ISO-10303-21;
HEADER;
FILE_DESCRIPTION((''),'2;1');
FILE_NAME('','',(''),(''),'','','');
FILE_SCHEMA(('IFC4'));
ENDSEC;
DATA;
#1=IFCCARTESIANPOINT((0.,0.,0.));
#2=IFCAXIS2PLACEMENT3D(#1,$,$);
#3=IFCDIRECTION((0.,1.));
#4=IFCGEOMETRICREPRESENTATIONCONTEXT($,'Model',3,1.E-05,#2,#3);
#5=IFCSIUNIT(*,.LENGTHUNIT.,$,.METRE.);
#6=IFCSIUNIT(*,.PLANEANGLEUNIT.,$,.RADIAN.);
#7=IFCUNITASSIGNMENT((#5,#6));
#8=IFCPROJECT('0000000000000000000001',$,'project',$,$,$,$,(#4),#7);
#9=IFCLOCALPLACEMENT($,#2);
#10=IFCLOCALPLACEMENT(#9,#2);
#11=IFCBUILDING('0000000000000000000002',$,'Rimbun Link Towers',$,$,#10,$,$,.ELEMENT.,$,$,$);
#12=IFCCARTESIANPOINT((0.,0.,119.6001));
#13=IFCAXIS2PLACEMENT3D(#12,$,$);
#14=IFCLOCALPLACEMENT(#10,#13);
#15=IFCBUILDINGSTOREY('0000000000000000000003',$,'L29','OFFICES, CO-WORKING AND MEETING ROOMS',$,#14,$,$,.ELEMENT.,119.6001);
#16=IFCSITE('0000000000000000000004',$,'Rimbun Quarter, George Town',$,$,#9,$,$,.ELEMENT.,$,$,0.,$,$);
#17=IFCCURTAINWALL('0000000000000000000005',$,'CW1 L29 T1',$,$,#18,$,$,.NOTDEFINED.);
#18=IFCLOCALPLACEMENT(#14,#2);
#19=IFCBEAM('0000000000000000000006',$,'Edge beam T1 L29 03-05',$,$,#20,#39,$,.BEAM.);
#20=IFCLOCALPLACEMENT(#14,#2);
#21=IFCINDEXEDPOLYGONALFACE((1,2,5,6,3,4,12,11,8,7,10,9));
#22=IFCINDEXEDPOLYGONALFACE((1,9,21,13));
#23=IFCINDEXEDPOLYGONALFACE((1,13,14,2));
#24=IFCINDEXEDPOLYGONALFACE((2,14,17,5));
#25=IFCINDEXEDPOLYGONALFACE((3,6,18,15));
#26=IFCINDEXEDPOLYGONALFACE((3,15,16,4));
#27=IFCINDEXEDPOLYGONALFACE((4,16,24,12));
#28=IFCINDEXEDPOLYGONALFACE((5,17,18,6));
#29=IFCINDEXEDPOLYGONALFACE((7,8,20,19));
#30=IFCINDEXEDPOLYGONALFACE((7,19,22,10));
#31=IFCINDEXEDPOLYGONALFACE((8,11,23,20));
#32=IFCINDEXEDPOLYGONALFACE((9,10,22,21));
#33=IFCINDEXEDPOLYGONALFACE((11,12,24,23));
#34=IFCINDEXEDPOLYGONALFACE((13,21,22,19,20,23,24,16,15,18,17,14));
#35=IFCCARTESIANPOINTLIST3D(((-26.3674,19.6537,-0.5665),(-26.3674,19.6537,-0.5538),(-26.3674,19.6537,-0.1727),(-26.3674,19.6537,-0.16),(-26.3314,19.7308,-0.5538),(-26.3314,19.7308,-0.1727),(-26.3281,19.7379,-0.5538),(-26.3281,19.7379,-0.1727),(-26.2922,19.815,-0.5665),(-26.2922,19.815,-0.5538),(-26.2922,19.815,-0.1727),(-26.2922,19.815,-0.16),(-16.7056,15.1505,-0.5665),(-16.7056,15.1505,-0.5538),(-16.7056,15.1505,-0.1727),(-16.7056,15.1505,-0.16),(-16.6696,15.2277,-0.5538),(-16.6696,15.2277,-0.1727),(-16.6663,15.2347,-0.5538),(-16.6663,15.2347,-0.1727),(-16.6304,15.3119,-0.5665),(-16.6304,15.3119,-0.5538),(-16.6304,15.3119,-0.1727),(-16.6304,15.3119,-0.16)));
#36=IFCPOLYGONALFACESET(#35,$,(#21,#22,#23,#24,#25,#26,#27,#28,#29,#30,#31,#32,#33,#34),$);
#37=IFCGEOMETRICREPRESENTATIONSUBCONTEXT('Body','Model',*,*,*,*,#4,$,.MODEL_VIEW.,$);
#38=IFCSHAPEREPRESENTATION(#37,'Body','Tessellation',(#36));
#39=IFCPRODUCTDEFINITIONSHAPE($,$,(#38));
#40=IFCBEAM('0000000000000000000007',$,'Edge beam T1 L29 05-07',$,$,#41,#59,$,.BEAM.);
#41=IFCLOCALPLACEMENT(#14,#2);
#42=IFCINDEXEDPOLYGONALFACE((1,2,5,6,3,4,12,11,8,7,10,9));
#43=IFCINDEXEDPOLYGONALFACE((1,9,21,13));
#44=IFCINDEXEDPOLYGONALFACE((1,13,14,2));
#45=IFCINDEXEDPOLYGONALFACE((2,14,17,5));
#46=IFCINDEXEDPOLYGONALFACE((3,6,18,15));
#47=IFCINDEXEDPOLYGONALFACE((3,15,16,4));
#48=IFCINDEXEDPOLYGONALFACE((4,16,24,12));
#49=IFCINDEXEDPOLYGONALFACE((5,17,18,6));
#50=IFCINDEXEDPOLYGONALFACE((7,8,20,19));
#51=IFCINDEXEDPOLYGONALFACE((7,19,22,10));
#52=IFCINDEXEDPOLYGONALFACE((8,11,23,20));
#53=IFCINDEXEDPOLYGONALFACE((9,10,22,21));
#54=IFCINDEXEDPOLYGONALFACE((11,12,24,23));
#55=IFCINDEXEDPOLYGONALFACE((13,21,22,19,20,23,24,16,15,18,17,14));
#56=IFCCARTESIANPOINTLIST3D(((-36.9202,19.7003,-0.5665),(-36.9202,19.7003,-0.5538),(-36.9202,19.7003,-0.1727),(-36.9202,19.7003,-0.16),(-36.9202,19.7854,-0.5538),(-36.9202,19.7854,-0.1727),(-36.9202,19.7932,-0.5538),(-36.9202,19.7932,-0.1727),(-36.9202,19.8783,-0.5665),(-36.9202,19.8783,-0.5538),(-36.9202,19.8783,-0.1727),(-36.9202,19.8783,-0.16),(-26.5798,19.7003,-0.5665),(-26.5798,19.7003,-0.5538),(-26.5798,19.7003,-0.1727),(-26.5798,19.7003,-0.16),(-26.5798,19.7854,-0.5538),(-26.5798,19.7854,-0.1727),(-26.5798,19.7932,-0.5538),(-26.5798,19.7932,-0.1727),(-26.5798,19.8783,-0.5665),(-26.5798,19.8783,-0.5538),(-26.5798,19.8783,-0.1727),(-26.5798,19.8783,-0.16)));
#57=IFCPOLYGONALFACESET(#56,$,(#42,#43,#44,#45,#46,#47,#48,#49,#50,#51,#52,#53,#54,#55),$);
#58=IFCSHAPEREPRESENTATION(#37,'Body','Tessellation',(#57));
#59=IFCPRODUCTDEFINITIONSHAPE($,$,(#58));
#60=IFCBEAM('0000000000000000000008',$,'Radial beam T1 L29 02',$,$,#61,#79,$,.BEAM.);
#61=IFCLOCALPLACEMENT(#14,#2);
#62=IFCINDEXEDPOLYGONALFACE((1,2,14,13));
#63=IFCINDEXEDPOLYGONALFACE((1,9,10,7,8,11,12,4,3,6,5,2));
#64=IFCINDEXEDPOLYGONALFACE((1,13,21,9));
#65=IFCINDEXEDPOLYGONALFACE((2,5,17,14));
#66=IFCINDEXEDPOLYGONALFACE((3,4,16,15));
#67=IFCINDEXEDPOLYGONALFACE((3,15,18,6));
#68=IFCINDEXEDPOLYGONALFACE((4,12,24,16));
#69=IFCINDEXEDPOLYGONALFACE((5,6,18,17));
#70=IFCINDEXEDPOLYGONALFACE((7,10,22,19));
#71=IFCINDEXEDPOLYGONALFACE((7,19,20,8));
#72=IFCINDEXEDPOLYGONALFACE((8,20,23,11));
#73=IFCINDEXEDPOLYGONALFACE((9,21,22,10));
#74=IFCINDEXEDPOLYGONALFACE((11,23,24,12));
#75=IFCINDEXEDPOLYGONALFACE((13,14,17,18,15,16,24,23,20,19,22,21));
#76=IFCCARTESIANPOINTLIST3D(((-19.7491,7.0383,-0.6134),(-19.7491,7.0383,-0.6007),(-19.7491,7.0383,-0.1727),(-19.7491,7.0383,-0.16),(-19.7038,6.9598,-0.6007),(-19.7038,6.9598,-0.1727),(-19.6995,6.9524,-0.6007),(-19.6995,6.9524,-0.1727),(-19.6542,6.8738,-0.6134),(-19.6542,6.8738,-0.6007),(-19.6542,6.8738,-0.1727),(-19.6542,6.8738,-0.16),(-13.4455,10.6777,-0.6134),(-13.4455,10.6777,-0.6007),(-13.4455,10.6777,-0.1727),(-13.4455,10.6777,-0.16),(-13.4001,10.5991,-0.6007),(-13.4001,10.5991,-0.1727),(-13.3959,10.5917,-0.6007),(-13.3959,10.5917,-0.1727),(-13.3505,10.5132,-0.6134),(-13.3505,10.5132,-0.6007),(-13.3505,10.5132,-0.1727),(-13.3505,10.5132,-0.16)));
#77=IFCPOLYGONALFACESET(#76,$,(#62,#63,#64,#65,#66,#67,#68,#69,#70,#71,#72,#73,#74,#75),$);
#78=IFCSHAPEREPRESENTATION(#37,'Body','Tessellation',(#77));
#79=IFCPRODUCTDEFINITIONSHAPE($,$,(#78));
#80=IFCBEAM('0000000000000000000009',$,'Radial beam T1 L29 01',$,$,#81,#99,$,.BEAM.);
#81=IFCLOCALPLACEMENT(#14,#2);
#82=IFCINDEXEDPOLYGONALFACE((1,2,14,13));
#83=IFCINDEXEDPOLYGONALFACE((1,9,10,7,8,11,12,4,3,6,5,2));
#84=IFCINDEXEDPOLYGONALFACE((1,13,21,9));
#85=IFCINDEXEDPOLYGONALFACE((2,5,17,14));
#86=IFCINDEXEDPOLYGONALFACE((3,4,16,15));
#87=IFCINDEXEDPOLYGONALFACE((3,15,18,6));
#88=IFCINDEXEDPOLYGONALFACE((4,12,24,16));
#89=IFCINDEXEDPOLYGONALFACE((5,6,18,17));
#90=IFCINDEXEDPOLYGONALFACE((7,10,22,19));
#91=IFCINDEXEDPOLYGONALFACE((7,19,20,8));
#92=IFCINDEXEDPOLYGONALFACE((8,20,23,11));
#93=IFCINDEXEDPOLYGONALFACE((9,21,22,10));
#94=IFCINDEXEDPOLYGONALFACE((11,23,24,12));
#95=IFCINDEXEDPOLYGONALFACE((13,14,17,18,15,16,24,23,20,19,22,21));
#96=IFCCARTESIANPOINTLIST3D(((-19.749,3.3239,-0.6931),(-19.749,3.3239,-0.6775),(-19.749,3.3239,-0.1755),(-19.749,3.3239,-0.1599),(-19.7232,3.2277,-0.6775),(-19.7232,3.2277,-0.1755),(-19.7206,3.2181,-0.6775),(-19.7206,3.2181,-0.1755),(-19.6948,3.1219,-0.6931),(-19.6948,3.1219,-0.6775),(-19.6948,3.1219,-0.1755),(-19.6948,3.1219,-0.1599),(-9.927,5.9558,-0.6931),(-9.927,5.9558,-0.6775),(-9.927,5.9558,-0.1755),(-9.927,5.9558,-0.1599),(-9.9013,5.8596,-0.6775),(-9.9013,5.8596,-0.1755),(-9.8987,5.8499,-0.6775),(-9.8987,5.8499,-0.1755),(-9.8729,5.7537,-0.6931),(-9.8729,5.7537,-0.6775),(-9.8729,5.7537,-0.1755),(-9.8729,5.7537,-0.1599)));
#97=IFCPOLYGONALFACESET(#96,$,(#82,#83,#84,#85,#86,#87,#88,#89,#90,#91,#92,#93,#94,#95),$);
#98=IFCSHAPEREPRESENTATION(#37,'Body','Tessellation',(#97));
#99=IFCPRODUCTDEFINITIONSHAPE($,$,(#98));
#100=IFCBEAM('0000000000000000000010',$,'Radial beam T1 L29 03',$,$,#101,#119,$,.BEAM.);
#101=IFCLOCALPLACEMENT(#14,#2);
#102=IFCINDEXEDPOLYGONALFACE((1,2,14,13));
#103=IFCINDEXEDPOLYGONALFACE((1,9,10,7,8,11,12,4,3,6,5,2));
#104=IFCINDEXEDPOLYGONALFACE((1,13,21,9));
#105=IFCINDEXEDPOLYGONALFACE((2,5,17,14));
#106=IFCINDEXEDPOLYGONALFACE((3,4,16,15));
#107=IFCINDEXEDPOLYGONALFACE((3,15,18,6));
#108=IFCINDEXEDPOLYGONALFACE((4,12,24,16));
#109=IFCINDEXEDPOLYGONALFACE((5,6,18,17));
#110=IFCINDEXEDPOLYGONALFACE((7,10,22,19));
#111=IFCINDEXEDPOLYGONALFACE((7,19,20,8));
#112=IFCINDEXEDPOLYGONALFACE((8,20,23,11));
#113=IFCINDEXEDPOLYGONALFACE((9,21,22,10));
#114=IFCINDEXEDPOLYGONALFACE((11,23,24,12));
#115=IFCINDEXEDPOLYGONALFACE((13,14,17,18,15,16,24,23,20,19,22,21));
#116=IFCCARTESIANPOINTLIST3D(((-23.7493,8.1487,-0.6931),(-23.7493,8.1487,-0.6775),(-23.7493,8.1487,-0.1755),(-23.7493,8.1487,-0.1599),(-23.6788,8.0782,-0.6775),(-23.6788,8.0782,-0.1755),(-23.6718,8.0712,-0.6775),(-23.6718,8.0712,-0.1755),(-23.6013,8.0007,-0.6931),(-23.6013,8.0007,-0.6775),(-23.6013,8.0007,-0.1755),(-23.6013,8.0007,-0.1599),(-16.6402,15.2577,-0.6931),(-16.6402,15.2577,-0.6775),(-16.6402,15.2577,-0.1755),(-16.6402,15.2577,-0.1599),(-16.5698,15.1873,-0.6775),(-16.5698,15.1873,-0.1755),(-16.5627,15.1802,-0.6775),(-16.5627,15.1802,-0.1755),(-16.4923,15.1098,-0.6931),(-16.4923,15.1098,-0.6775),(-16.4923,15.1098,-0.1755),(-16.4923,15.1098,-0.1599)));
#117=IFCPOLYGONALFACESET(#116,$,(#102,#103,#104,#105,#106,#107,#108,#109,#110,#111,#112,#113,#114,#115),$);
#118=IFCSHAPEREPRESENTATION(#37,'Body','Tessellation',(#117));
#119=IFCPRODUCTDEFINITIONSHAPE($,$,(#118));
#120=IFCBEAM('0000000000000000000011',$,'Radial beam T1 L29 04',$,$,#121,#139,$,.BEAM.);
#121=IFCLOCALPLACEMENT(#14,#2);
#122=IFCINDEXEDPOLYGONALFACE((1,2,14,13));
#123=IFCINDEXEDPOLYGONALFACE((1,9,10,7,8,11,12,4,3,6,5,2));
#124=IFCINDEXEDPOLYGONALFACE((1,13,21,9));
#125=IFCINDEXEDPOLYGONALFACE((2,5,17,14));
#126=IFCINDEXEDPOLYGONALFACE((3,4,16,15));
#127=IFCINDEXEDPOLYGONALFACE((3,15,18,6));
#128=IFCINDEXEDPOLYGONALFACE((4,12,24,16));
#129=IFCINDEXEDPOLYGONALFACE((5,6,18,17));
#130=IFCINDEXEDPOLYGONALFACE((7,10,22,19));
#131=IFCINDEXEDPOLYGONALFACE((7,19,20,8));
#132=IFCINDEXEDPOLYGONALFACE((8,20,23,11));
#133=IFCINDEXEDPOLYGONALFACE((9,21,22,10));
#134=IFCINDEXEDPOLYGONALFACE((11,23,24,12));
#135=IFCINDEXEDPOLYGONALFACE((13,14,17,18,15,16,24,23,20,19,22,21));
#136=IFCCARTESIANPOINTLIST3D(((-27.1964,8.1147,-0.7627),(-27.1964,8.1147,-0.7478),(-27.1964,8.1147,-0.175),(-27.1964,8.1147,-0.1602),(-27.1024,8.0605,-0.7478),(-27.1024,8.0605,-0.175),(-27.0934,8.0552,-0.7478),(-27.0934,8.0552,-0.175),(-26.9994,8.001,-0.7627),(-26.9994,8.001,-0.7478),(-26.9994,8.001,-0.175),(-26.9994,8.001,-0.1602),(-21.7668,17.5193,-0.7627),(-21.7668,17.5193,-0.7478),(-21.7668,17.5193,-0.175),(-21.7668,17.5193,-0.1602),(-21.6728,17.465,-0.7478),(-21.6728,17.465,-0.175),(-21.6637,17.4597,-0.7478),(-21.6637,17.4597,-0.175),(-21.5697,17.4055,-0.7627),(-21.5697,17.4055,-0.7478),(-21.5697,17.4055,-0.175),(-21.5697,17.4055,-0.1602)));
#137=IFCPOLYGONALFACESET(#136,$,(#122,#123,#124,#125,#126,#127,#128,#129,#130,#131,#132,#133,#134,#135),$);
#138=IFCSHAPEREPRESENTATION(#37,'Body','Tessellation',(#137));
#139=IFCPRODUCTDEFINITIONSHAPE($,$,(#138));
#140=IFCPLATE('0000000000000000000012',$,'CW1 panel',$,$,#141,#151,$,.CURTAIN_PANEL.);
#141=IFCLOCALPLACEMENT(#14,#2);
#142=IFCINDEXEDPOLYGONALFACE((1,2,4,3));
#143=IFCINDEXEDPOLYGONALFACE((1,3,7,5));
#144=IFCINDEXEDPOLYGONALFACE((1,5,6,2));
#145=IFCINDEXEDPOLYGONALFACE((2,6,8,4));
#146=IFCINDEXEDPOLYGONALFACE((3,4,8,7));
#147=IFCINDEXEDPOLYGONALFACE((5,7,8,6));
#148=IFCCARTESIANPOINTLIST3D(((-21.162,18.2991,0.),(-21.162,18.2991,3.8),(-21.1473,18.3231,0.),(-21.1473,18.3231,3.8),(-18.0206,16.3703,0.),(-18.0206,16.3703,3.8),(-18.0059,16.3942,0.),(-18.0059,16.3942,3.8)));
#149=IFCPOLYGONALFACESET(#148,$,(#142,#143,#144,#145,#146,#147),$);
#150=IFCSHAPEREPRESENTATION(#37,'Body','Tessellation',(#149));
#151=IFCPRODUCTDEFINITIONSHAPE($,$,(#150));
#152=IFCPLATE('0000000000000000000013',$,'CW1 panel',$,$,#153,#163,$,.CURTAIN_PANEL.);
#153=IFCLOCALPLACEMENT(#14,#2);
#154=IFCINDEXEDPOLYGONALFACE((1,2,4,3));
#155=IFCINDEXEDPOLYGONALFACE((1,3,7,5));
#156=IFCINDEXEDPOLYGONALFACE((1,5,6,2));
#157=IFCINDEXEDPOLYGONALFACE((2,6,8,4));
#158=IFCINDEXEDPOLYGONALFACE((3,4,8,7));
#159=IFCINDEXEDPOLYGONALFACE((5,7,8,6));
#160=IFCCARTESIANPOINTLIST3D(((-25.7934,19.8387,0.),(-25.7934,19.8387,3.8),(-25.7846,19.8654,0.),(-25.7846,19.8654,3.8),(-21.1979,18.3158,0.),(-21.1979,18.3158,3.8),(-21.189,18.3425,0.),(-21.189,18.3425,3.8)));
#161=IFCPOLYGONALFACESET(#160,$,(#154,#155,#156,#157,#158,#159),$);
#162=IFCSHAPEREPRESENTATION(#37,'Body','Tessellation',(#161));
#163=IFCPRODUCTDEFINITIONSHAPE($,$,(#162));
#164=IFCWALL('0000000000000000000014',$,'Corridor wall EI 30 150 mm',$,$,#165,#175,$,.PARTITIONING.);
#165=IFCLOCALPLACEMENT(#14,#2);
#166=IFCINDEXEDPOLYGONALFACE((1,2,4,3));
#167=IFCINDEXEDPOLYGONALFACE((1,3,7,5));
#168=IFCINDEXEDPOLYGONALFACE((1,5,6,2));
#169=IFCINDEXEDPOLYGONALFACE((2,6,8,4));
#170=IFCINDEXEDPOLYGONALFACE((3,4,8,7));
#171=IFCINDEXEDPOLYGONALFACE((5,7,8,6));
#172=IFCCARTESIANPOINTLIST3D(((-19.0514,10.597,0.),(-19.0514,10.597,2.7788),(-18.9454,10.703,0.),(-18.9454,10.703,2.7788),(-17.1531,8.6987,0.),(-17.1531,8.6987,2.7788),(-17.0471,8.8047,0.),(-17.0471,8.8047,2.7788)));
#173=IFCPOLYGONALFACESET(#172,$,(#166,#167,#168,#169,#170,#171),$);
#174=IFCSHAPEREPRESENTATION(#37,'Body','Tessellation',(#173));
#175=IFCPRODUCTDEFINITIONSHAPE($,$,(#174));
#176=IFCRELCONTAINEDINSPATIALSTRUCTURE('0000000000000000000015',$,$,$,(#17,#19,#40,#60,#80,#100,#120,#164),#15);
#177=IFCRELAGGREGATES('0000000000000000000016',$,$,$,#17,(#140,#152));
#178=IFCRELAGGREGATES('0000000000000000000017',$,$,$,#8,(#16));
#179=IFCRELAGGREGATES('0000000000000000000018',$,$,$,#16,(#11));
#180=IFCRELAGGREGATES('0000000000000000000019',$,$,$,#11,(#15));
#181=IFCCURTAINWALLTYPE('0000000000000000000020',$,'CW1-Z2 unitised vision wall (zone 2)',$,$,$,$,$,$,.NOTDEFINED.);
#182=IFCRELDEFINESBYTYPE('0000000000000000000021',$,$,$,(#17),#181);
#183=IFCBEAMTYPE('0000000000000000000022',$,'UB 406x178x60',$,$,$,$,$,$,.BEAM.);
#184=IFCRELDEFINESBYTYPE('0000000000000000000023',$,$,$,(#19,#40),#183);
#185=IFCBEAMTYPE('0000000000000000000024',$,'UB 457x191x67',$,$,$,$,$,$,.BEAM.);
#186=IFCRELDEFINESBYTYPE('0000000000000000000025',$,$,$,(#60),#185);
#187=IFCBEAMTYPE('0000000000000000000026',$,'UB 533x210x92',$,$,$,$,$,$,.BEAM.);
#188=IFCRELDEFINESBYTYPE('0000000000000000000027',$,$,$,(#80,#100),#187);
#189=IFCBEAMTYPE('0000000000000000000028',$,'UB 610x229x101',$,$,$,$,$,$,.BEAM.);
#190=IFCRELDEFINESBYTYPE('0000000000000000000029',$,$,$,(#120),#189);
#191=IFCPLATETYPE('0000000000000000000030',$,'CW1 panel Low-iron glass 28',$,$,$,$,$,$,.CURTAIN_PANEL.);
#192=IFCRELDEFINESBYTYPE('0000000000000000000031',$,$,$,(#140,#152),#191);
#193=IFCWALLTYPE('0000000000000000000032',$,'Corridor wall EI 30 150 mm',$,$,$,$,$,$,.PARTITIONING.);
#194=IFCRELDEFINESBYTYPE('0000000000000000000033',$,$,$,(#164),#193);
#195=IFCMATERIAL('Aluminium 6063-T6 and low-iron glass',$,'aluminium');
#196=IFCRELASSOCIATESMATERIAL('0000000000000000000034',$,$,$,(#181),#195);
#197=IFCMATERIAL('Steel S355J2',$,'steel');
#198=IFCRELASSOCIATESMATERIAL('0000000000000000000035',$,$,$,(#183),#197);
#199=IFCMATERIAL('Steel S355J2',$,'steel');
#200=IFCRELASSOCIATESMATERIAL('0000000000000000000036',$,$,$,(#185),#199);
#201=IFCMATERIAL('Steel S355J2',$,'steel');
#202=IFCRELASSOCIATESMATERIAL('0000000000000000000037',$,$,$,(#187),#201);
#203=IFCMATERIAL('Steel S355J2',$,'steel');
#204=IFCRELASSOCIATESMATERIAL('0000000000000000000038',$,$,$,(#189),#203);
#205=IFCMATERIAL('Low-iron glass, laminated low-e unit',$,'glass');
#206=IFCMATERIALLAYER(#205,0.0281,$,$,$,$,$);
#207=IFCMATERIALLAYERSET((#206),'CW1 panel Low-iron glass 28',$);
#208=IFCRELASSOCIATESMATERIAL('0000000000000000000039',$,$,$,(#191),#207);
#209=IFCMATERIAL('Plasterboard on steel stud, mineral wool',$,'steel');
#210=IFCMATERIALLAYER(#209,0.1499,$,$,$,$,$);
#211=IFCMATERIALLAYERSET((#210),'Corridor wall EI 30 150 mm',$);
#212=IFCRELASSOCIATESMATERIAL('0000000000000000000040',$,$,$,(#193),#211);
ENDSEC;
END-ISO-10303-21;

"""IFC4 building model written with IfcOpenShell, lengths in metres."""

from ifc_helpers import new_model, si_unit, direction, frame, frame_2d, origin, origin_2d, place, context, subcontext, project, spatial, rectangle, i_section, extrude, material, layer, layer_set, material_profile, profile_set, type_object, element, aggregate, save


model = new_model("IFC4")

# Units and contexts
model_context = context("Model", 3, precision=1e-05, world=origin(), true_north=direction((0.0, 1.0)))
body_context = subcontext(model_context, "Body", "Model", "MODEL_VIEW")
ifc_project = project(units=[si_unit("LENGTHUNIT", "METRE"), si_unit("PLANEANGLEUNIT", "RADIAN")], contexts=[model_context])

# Site, building, storey
site_placement = place(None, origin())
site = spatial("IfcSite", under=ifc_project, at=site_placement, Name="Rimbun Quarter, George Town", CompositionType="ELEMENT", RefElevation=0.0)
building_placement = place(site_placement, origin())
building = spatial("IfcBuilding", under=site, at=building_placement, Name="Rimbun Link Towers", CompositionType="ELEMENT")
storey_placement = place(building_placement, frame((0.0, 0.0, 119.6001)))
storey = spatial("IfcBuildingStorey", under=building, at=storey_placement, Name="L29", Description="OFFICES, CO-WORKING AND MEETING ROOMS", CompositionType="ELEMENT", Elevation=119.6001)

# Curtain wall
ifc_material_1 = material(Name="Aluminium 6063-T6 and low-iron glass", Category="aluminium")
curtain_wall_type = type_object("IfcCurtainWallType", Name="CW1-Z2 unitised vision wall (zone 2)", PredefinedType="NOTDEFINED", material=ifc_material_1)
curtain_wall_placement = place(storey_placement, origin())
curtain_wall = element("IfcCurtainWall", 1, at=curtain_wall_placement, inside=storey, type_object=curtain_wall_type, Name="CW1 L29 T1", PredefinedType="NOTDEFINED")

# Beams
ifc_material_2 = material(Name="Steel S355J2", Category="steel")
ifc_material_profile_1 = material_profile(ifc_material_2, i_section(OverallWidth=0.178, OverallDepth=0.4065, WebThickness=0.0078, FlangeThickness=0.0127, at=origin_2d()), Name="UB 406x178x60")
ifc_profile_set_1 = profile_set([ifc_material_profile_1], Name="Steel S355J2")
beam_type_1 = type_object("IfcBeamType", Name="UB 406x178x60", PredefinedType="BEAM", material=ifc_profile_set_1)
beam_1_placement = place(storey_placement, frame((-16.668, 15.2312, -0.3633), z_axis=(-0.906388, 0.422447, 0.0), x_axis=(-0.422447, -0.906388, 0.0)))
element("IfcBeam", 2, at=beam_1_placement, inside=storey, type_object=beam_type_1, Name="Edge beam T1 L29 03-05", PredefinedType="BEAM", context=body_context, shape_type="SweptSolid", body=[
    extrude(i_section(OverallWidth=0.178, OverallDepth=0.4065, WebThickness=0.0078, FlangeThickness=0.0127, at=origin_2d()), origin(), (0.0, 0.0, 1.0), 10.6597),
])
beam_2_placement = place(storey_placement, frame((-26.5798, 19.7893, -0.3633), z_axis=(-1.0, 0.0, 0.0), x_axis=(0.0, -1.0, 0.0)))
element("IfcBeam", 3, at=beam_2_placement, inside=storey, type_object=beam_type_1, Name="Edge beam T1 L29 05-07", PredefinedType="BEAM", context=body_context, shape_type="SweptSolid", body=[
    extrude(i_section(OverallWidth=0.178, OverallDepth=0.4065, WebThickness=0.0078, FlangeThickness=0.0127, at=origin_2d()), origin(), (0.0, 0.0, 1.0), 10.3403),
])
ifc_material_3 = material(Name="Steel S355J2", Category="steel")
ifc_material_profile_2 = material_profile(ifc_material_3, i_section(OverallWidth=0.1899, OverallDepth=0.4534, WebThickness=0.0085, FlangeThickness=0.0127, at=origin_2d()), Name="UB 457x191x67")
ifc_profile_set_2 = profile_set([ifc_material_profile_2], Name="Steel S355J2")
beam_type_2 = type_object("IfcBeamType", Name="UB 457x191x67", PredefinedType="BEAM", material=ifc_profile_set_2)
beam_3_placement = place(storey_placement, frame((-19.7017, 6.9561, -0.3867), z_axis=(0.866028, 0.499995, 0.0), x_axis=(-0.499995, 0.866028, 0.0)))
element("IfcBeam", 4, at=beam_3_placement, inside=storey, type_object=beam_type_2, Name="Radial beam T1 L29 02", PredefinedType="BEAM", context=body_context, shape_type="SweptSolid", body=[
    extrude(i_section(OverallWidth=0.1899, OverallDepth=0.4534, WebThickness=0.0085, FlangeThickness=0.0127, at=origin_2d()), origin(), (0.0, 0.0, 1.0), 7.2788),
])
ifc_material_4 = material(Name="Steel S355J2", Category="steel")
ifc_material_profile_3 = material_profile(ifc_material_4, i_section(OverallWidth=0.2092, OverallDepth=0.5332, WebThickness=0.01, FlangeThickness=0.0156, at=origin_2d()), Name="UB 533x210x92")
ifc_profile_set_3 = profile_set([ifc_material_profile_3], Name="Steel S355J2")
beam_type_3 = type_object("IfcBeamType", Name="UB 533x210x92", PredefinedType="BEAM", material=ifc_profile_set_3)
beam_4_placement = place(storey_placement, frame((-19.7219, 3.2229, -0.4265), z_axis=(0.965925, 0.258822, 0.0), x_axis=(-0.258822, 0.965925, 0.0)))
element("IfcBeam", 5, at=beam_4_placement, inside=storey, type_object=beam_type_3, Name="Radial beam T1 L29 01", PredefinedType="BEAM", context=body_context, shape_type="SweptSolid", body=[
    extrude(i_section(OverallWidth=0.2092, OverallDepth=0.5332, WebThickness=0.01, FlangeThickness=0.0156, at=origin_2d()), origin(), (0.0, 0.0, 1.0), 10.1685),
])
beam_5_placement = place(storey_placement, frame((-23.6753, 8.0747, -0.4265), z_axis=(0.707107, 0.707107, 0.0), x_axis=(-0.707107, 0.707107, 0.0)))
element("IfcBeam", 6, at=beam_5_placement, inside=storey, type_object=beam_type_3, Name="Radial beam T1 L29 03", PredefinedType="BEAM", context=body_context, shape_type="SweptSolid", body=[
    extrude(i_section(OverallWidth=0.2092, OverallDepth=0.5332, WebThickness=0.01, FlangeThickness=0.0156, at=origin_2d()), origin(), (0.0, 0.0, 1.0), 10.0537),
])
ifc_material_5 = material(Name="Steel S355J2", Category="steel")
ifc_material_profile_4 = material_profile(ifc_material_5, i_section(OverallWidth=0.2275, OverallDepth=0.6025, WebThickness=0.0105, FlangeThickness=0.0149, at=origin_2d()), Name="UB 610x229x101")
ifc_profile_set_4 = profile_set([ifc_material_profile_4], Name="Steel S355J2")
beam_type_4 = type_object("IfcBeamType", Name="UB 610x229x101", PredefinedType="BEAM", material=ifc_profile_set_4)
beam_6_placement = place(storey_placement, frame((-27.0979, 8.0579, -0.4614), z_axis=(0.499998, 0.866026, 0.0), x_axis=(-0.866026, 0.499998, 0.0)))
element("IfcBeam", 7, at=beam_6_placement, inside=storey, type_object=beam_type_4, Name="Radial beam T1 L29 04", PredefinedType="BEAM", context=body_context, shape_type="SweptSolid", body=[
    extrude(i_section(OverallWidth=0.2275, OverallDepth=0.6025, WebThickness=0.0105, FlangeThickness=0.0149, at=origin_2d()), origin(), (0.0, 0.0, 1.0), 10.8594),
])

# Plates
ifc_material_6 = material(Name="Low-iron glass, laminated low-e unit", Category="glass")
ifc_layer_1 = layer(ifc_material_6, 0.0281)
ifc_layer_set_1 = layer_set([ifc_layer_1], Name="CW1 panel Low-iron glass 28")
plate_type = type_object("IfcPlateType", Name="CW1 panel Low-iron glass 28", PredefinedType="CURTAIN_PANEL", material=ifc_layer_set_1)
plate_1_placement = place(storey_placement, frame((-19.584, 17.3467, 0.0), z_axis=(0.0, 0.0, 1.0), x_axis=(0.852183, -0.523243, 0.0)))
plate_1 = element("IfcPlate", 8, at=plate_1_placement, type_object=plate_type, Name="CW1 panel", PredefinedType="CURTAIN_PANEL", context=body_context, shape_type="SweptSolid", body=[
    extrude(rectangle(XDim=3.6863, YDim=0.0281, at=origin_2d()), origin(), (0.0, 0.0, 1.0), 3.8),
])
plate_2_placement = place(storey_placement, frame((-23.4912, 19.0906, 0.0), z_axis=(0.0, 0.0, 1.0), x_axis=(0.949236, -0.314563, 0.0)))
plate_2 = element("IfcPlate", 9, at=plate_2_placement, type_object=plate_type, Name="CW1 panel", PredefinedType="CURTAIN_PANEL", context=body_context, shape_type="SweptSolid", body=[
    extrude(rectangle(XDim=4.8413, YDim=0.0281, at=origin_2d()), origin(), (0.0, 0.0, 1.0), 3.8),
])
aggregate(curtain_wall, [plate_1, plate_2])

# Wall
ifc_material_7 = material(Name="Plasterboard on steel stud, mineral wool", Category="steel")
ifc_layer_2 = layer(ifc_material_7, 0.1499)
ifc_layer_set_2 = layer_set([ifc_layer_2], Name="Corridor wall EI 30 150 mm")
wall_type_1 = type_object("IfcWallType", Name="Corridor wall EI 30 150 mm", PredefinedType="PARTITIONING", material=ifc_layer_set_2)
wall_1_placement = place(storey_placement, frame((-17.1001, 8.7517, 0.0), z_axis=(0.0, 0.0, 1.0), x_axis=(-0.707107, 0.707107, 0.0)))
element("IfcWall", 10, at=wall_1_placement, inside=storey, type_object=wall_type_1, Name="Corridor wall EI 30 150 mm", PredefinedType="PARTITIONING", context=body_context, shape_type="SweptSolid", body=[
    extrude(rectangle(XDim=2.6846, YDim=0.1499, at=frame_2d((1.3423, 0.0))), origin(), (0.0, 0.0, 1.0), 2.7788),
])

save(model, "model.ifc")
